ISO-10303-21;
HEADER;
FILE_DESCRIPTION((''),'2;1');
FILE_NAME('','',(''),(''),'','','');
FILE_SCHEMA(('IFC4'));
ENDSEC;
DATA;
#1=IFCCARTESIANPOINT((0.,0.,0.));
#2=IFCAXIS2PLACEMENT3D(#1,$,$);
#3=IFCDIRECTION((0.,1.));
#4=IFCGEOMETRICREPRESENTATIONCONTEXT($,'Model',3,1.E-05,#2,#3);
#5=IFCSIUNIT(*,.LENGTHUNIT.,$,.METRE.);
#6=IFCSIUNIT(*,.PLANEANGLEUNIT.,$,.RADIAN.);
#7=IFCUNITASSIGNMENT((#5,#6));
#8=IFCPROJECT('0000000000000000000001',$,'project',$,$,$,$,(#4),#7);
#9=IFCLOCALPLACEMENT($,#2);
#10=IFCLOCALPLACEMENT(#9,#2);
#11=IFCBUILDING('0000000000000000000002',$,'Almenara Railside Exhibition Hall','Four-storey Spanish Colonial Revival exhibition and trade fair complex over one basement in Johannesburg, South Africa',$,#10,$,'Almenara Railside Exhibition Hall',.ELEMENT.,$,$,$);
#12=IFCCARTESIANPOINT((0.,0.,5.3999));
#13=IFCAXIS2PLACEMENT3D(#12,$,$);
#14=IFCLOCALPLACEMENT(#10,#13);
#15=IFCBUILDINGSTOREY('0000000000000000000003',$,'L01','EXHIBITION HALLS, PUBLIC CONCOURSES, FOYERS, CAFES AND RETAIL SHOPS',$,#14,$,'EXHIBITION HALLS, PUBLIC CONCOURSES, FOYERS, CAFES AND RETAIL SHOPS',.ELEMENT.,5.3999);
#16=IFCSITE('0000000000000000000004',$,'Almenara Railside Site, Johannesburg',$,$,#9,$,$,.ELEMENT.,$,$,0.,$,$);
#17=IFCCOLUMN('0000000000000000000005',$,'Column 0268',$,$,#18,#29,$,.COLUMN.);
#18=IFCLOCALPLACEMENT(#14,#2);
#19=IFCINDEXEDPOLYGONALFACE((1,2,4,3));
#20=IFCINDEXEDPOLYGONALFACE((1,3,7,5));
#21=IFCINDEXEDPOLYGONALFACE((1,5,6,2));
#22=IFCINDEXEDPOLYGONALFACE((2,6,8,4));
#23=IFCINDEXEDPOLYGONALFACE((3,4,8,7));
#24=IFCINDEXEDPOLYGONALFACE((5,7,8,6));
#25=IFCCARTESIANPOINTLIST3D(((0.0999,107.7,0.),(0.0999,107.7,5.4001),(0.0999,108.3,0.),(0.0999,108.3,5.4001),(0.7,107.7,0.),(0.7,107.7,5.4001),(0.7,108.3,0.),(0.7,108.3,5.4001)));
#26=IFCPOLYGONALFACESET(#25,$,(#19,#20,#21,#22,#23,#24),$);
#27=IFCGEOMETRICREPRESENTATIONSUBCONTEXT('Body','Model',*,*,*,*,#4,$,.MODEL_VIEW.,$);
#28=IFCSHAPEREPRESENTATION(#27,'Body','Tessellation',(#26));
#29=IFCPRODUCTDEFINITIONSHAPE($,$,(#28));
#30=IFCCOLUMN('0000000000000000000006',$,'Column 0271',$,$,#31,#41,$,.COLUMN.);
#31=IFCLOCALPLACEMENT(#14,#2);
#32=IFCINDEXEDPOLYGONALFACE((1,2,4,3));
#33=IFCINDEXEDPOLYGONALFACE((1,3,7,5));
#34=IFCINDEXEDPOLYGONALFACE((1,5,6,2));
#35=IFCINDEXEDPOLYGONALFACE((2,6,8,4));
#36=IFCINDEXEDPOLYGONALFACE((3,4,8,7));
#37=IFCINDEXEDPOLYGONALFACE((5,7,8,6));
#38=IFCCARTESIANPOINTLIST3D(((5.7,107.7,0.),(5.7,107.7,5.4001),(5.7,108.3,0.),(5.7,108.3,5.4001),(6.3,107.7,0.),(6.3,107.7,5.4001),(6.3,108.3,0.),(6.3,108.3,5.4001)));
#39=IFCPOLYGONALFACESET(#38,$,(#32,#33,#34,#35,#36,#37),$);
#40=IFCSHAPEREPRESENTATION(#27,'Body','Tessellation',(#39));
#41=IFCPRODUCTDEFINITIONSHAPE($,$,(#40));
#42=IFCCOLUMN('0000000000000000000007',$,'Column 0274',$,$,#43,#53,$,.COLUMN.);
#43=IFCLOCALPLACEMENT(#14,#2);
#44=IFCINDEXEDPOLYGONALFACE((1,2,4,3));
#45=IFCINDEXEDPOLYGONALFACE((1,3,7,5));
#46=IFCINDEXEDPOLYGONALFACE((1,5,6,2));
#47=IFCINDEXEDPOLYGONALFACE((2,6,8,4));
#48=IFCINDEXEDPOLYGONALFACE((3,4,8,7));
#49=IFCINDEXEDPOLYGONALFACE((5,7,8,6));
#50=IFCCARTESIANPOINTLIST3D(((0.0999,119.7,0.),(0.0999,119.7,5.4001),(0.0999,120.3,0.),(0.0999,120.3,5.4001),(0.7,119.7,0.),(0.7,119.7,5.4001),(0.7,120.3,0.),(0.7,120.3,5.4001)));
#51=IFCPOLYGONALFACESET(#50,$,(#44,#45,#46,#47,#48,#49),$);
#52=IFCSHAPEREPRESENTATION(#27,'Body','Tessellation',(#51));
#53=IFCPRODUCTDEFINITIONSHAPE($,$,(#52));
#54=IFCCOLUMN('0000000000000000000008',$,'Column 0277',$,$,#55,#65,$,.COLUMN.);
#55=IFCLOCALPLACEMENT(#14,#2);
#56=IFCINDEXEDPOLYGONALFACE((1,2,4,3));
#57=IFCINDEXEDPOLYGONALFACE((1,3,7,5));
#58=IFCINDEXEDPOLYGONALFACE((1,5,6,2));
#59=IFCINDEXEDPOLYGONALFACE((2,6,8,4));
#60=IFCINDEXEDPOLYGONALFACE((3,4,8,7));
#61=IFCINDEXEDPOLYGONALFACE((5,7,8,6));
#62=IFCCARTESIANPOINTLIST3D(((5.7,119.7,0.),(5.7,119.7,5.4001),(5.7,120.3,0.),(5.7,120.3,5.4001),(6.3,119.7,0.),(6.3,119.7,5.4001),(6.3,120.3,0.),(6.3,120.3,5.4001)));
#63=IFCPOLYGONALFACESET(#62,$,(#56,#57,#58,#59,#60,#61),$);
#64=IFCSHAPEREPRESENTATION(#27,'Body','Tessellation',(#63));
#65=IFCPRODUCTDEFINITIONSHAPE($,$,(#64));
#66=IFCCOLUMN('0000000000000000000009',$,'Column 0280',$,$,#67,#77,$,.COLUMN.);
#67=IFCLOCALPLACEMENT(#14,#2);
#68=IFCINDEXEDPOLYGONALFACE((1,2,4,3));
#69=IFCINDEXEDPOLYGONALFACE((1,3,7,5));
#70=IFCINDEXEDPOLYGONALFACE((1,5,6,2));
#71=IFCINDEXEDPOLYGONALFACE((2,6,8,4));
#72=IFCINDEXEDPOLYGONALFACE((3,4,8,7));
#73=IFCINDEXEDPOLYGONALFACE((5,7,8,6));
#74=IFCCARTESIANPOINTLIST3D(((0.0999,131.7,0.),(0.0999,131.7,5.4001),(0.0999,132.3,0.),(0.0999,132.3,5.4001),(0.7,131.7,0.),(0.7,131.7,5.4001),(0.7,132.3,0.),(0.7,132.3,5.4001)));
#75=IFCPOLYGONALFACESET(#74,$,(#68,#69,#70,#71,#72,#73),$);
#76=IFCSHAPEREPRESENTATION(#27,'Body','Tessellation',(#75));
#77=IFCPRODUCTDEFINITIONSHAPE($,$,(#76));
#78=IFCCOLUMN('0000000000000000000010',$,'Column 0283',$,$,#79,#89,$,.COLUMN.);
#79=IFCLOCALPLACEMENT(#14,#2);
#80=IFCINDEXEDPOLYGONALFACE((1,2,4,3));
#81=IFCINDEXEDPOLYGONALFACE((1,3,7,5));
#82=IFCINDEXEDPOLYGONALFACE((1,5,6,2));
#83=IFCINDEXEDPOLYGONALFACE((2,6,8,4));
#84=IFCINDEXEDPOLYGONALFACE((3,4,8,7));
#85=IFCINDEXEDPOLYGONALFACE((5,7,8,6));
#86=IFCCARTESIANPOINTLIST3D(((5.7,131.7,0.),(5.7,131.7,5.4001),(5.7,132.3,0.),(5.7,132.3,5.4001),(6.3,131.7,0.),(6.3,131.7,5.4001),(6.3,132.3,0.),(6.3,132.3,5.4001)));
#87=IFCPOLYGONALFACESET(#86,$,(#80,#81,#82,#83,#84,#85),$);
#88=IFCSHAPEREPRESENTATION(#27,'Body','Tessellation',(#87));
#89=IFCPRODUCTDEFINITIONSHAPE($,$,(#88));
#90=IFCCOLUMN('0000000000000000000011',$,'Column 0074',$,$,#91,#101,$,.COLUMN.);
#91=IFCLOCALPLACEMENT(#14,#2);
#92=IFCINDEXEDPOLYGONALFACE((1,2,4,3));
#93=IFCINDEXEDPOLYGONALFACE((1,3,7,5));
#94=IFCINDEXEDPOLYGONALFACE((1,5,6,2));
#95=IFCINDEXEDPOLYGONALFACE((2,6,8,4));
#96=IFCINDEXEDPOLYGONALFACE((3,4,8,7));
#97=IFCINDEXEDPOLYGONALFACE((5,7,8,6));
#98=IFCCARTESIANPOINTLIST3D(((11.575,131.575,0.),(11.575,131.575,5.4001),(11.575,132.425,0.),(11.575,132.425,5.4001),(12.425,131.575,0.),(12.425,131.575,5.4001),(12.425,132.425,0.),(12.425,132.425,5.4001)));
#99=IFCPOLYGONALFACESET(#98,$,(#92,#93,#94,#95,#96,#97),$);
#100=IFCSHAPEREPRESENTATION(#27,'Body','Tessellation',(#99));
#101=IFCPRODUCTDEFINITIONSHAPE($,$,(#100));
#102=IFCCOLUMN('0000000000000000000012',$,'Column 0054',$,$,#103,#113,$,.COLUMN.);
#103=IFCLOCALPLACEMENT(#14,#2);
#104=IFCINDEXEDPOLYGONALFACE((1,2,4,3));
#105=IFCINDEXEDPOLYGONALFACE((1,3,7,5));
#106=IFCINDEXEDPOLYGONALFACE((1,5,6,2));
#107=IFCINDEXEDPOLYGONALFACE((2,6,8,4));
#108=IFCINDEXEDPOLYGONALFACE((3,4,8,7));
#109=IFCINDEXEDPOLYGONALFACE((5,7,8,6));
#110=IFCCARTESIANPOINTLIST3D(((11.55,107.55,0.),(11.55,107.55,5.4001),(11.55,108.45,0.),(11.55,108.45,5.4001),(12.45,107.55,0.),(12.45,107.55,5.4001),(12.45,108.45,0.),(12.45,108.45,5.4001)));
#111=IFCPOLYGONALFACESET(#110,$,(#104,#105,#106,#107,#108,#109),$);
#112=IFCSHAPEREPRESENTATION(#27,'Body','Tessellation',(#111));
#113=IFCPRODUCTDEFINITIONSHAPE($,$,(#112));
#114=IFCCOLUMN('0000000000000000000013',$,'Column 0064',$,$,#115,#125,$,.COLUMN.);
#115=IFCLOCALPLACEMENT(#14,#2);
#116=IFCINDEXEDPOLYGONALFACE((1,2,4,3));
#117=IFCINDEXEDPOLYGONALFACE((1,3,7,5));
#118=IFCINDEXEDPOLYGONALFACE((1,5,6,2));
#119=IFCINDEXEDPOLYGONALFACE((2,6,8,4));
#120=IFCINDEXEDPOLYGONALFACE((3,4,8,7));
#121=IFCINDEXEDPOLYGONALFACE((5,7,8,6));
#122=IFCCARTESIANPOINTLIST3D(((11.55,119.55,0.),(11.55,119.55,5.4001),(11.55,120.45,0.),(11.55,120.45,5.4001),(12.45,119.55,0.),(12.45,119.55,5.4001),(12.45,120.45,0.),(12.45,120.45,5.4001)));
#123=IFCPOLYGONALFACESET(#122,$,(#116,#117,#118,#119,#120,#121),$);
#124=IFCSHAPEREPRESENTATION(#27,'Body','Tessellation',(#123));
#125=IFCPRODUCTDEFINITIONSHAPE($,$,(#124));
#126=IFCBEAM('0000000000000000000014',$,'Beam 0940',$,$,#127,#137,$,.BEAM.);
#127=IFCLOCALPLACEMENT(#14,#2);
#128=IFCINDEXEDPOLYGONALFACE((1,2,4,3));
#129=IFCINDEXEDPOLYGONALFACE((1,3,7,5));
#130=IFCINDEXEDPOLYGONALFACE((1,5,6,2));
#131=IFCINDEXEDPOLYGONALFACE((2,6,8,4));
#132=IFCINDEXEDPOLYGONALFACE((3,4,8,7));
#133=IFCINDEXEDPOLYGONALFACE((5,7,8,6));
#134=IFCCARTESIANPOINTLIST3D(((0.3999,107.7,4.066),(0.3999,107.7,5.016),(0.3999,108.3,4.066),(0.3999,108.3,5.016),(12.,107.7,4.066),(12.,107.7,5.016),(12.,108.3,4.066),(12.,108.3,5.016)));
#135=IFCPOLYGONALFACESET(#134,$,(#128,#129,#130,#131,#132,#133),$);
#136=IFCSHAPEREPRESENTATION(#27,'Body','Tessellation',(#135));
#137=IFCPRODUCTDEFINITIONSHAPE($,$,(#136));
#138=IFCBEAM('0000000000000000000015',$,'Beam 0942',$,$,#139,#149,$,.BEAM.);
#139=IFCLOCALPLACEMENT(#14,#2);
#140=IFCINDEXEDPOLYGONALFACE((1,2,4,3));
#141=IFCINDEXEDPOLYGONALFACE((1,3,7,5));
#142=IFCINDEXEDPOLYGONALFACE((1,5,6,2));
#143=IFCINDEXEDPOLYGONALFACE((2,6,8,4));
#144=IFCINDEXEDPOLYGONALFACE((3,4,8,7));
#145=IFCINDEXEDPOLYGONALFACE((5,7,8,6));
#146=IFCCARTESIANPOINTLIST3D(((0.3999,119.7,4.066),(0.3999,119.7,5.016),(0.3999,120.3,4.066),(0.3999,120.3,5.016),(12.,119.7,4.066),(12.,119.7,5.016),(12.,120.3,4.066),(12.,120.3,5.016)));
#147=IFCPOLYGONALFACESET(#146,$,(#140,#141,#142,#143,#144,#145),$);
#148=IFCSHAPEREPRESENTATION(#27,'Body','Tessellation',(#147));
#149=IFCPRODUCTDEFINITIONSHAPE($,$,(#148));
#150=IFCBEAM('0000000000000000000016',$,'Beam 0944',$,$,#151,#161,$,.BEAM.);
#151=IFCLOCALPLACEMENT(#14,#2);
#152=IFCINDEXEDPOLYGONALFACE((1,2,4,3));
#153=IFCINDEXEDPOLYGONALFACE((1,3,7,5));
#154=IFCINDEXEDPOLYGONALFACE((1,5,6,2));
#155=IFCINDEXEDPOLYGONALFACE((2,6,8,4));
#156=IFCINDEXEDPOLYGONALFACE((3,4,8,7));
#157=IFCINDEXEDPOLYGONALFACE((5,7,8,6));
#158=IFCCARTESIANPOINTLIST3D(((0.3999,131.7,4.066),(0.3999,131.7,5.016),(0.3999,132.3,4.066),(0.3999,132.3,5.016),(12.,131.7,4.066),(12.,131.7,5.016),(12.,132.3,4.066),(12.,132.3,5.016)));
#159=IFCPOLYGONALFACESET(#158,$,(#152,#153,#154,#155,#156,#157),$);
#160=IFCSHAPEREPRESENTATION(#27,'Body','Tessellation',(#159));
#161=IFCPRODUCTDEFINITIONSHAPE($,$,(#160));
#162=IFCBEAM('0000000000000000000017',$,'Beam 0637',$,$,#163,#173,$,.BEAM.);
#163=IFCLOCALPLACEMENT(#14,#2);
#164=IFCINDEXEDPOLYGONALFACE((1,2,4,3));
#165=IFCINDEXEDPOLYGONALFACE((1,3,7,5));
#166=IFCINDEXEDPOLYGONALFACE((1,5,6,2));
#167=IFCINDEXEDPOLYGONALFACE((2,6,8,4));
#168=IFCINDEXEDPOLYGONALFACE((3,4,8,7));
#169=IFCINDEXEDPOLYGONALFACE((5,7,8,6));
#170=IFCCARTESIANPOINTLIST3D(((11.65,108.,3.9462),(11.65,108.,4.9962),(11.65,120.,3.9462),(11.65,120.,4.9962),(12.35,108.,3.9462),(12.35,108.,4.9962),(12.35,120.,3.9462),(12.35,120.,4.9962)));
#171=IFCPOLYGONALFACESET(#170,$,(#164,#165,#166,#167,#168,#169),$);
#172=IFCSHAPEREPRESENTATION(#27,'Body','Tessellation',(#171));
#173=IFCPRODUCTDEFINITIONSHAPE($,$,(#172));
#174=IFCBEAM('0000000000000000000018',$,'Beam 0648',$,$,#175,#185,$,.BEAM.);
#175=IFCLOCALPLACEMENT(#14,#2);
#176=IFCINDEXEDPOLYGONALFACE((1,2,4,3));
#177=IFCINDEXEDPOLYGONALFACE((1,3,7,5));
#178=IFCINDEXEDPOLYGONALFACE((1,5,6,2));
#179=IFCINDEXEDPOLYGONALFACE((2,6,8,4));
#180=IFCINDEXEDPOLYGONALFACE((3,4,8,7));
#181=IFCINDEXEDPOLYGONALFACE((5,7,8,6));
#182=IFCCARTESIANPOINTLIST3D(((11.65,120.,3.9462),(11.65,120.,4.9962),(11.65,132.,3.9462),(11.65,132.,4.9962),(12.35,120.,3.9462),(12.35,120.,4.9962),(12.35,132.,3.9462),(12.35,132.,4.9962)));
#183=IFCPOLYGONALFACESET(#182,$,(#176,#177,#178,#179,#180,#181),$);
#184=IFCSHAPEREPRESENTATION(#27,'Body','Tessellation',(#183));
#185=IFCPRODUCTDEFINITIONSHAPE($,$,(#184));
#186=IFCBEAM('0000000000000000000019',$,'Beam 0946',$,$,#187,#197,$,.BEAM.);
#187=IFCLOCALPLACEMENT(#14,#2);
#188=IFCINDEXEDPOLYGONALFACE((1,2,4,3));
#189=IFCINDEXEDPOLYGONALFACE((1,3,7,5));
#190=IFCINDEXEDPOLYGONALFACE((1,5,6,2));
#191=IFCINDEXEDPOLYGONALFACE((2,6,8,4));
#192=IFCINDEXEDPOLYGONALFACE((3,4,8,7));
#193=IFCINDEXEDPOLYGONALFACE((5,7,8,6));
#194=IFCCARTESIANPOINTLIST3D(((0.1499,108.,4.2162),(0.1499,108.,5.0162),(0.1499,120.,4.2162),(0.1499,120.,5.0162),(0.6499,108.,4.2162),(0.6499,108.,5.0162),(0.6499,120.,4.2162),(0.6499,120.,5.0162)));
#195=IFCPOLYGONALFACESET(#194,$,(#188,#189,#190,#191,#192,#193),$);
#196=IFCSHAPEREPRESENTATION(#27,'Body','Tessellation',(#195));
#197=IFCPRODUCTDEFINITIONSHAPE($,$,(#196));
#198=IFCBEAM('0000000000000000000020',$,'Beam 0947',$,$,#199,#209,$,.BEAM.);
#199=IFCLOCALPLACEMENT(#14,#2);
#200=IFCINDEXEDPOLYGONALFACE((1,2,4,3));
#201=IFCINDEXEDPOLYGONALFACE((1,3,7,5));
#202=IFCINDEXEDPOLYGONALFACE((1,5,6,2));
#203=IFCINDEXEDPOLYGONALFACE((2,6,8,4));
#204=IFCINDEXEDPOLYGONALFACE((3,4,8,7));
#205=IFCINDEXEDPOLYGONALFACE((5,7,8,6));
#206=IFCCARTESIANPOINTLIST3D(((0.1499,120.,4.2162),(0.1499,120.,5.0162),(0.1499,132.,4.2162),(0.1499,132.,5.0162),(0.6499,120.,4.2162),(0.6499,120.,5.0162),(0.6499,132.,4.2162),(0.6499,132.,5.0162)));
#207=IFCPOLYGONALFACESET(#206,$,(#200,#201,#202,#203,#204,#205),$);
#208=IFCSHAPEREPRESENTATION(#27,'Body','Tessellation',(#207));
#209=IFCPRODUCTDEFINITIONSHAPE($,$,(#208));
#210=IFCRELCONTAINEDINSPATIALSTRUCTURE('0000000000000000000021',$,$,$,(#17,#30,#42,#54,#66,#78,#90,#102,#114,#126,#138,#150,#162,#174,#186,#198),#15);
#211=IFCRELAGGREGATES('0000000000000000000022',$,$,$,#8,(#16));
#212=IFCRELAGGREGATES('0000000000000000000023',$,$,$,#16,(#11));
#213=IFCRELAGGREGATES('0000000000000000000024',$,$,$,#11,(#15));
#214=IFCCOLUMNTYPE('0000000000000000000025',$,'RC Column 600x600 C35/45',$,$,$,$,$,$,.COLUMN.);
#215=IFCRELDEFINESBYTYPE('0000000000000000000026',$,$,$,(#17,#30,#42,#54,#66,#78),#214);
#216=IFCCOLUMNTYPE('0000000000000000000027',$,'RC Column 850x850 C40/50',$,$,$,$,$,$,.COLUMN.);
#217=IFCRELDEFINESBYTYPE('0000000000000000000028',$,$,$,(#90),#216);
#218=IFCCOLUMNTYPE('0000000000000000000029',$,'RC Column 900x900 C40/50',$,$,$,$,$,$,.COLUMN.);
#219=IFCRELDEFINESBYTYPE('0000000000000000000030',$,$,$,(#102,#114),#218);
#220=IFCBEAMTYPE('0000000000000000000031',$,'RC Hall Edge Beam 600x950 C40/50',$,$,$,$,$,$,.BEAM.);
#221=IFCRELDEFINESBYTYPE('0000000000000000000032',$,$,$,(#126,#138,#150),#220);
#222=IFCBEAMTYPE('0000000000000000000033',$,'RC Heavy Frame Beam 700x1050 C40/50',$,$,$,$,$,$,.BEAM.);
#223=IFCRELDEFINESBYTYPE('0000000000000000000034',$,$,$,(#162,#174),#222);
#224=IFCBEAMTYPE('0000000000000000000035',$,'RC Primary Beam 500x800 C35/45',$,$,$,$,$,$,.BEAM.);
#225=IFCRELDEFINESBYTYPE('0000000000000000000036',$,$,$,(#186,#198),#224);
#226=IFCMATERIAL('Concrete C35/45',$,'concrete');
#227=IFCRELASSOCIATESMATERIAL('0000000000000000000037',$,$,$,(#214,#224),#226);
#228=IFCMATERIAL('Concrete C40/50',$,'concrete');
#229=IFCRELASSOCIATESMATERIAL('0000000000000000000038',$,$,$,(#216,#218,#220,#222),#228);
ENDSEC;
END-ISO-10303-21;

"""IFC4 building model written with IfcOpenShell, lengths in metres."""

from ifc_helpers import new_model, si_unit, direction, frame, origin, origin_2d, place, context, subcontext, project, spatial, rectangle, extrude, material, material_profile, profile_set, type_object, element, save


model = new_model("IFC4")

# Units and contexts
model_context = context("Model", 3, precision=1e-05, world=origin(), true_north=direction((0.0, 1.0)))
body_context = subcontext(model_context, "Body", "Model", "MODEL_VIEW")
ifc_project = project(units=[si_unit("LENGTHUNIT", "METRE"), si_unit("PLANEANGLEUNIT", "RADIAN")], contexts=[model_context])

# Site, building, storey
site_placement = place(None, origin())
site = spatial("IfcSite", under=ifc_project, at=site_placement, Name="Almenara Railside Site, Johannesburg", CompositionType="ELEMENT", RefElevation=0.0)
building_placement = place(site_placement, origin())
building = spatial("IfcBuilding", under=site, at=building_placement, Name="Almenara Railside Exhibition Hall", Description="Four-storey Spanish Colonial Revival exhibition and trade fair complex over one basement in Johannesburg, South Africa", LongName="Almenara Railside Exhibition Hall", CompositionType="ELEMENT")
storey_placement = place(building_placement, frame((0.0, 0.0, 5.3999)))
storey = spatial("IfcBuildingStorey", under=building, at=storey_placement, Name="L01", Description="EXHIBITION HALLS, PUBLIC CONCOURSES, FOYERS, CAFES AND RETAIL SHOPS", LongName="EXHIBITION HALLS, PUBLIC CONCOURSES, FOYERS, CAFES AND RETAIL SHOPS", CompositionType="ELEMENT", Elevation=5.3999)

# Columns
ifc_material_1 = material(Name="Concrete C35/45", Category="concrete")
ifc_material_profile_1 = material_profile(ifc_material_1, rectangle(XDim=0.6001, YDim=0.6001, at=origin_2d()), Name="RC 600x600")
ifc_profile_set_1 = profile_set([ifc_material_profile_1], Name="Concrete C35/45")
column_type_1 = type_object("IfcColumnType", Name="RC Column 600x600 C35/45", PredefinedType="COLUMN", material=ifc_profile_set_1)
for number, where, z_axis, x_axis, name in (
    (1, (0.3999, 108.0, 0.0), (0.0, 0.0, 1.0), (1.0, 0.0, 0.0), "Column 0268"),
    (2, (6.0, 108.0, 0.0), (0.0, 0.0, 1.0), (1.0, 0.0, 0.0), "Column 0271"),
    (3, (0.3999, 120.0, 0.0), (0.0, 0.0, 1.0), (1.0, 0.0, 0.0), "Column 0274"),
    (4, (6.0, 120.0, 0.0), (0.0, 0.0, 1.0), (1.0, 0.0, 0.0), "Column 0277"),
    (5, (0.3999, 132.0, 0.0), (0.0, 0.0, 1.0), (1.0, 0.0, 0.0), "Column 0280"),
    (6, (6.0, 132.0, 0.0), (0.0, 0.0, 1.0), (1.0, 0.0, 0.0), "Column 0283"),
):
    element("IfcColumn", number, at=place(storey_placement, frame(where, z_axis=z_axis, x_axis=x_axis)), inside=storey, type_object=column_type_1, Name=name, PredefinedType="COLUMN", context=body_context, shape_type="SweptSolid", body=[
        extrude(rectangle(XDim=0.6001, YDim=0.6001, at=origin_2d()), origin(), (0.0, 0.0, 1.0), 5.4001),
    ])
ifc_material_2 = material(Name="Concrete C40/50", Category="concrete")
ifc_material_profile_2 = material_profile(ifc_material_2, rectangle(XDim=0.8501, YDim=0.8501, at=origin_2d()), Name="RC 850x850")
ifc_profile_set_2 = profile_set([ifc_material_profile_2], Name="Concrete C40/50")
column_type_2 = type_object("IfcColumnType", Name="RC Column 850x850 C40/50", PredefinedType="COLUMN", material=ifc_profile_set_2)
column_placement = place(storey_placement, frame((12.0, 132.0, 0.0), z_axis=(0.0, 0.0, 1.0), x_axis=(1.0, 0.0, 0.0)))
element("IfcColumn", 7, at=column_placement, inside=storey, type_object=column_type_2, Name="Column 0074", PredefinedType="COLUMN", context=body_context, shape_type="SweptSolid", body=[
    extrude(rectangle(XDim=0.8501, YDim=0.8501, at=origin_2d()), origin(), (0.0, 0.0, 1.0), 5.4001),
])
ifc_material_profile_3 = material_profile(ifc_material_2, rectangle(XDim=0.8999, YDim=0.8999, at=origin_2d()), Name="RC 900x900")
ifc_profile_set_3 = profile_set([ifc_material_profile_3], Name="Concrete C40/50")
column_type_3 = type_object("IfcColumnType", Name="RC Column 900x900 C40/50", PredefinedType="COLUMN", material=ifc_profile_set_3)
for number, where, z_axis, x_axis, name in (
    (8, (12.0, 108.0, 0.0), (0.0, 0.0, 1.0), (1.0, 0.0, 0.0), "Column 0054"),
    (9, (12.0, 120.0, 0.0), (0.0, 0.0, 1.0), (1.0, 0.0, 0.0), "Column 0064"),
):
    element("IfcColumn", number, at=place(storey_placement, frame(where, z_axis=z_axis, x_axis=x_axis)), inside=storey, type_object=column_type_3, Name=name, PredefinedType="COLUMN", context=body_context, shape_type="SweptSolid", body=[
        extrude(rectangle(XDim=0.8999, YDim=0.8999, at=origin_2d()), origin(), (0.0, 0.0, 1.0), 5.4001),
    ])

# Beams
ifc_material_profile_4 = material_profile(ifc_material_2, rectangle(XDim=0.6001, YDim=0.95, at=origin_2d()), Name="RC 600x950")
ifc_profile_set_4 = profile_set([ifc_material_profile_4], Name="Concrete C40/50")
beam_type_1 = type_object("IfcBeamType", Name="RC Hall Edge Beam 600x950 C40/50", PredefinedType="BEAM", material=ifc_profile_set_4)
for number, where, z_axis, x_axis, name in (
    (10, (0.3999, 108.0, 4.541), (1.0, 0.0, 0.0), (0.0, 1.0, 0.0), "Beam 0940"),
    (11, (0.3999, 120.0, 4.541), (1.0, 0.0, 0.0), (0.0, 1.0, 0.0), "Beam 0942"),
    (12, (0.3999, 132.0, 4.541), (1.0, 0.0, 0.0), (0.0, 1.0, 0.0), "Beam 0944"),
):
    element("IfcBeam", number, at=place(storey_placement, frame(where, z_axis=z_axis, x_axis=x_axis)), inside=storey, type_object=beam_type_1, Name=name, PredefinedType="BEAM", context=body_context, shape_type="SweptSolid", body=[
        extrude(rectangle(XDim=0.6001, YDim=0.95, at=origin_2d()), origin(), (0.0, 0.0, 1.0), 11.6001),
    ])
ifc_material_profile_5 = material_profile(ifc_material_2, rectangle(XDim=0.7, YDim=1.05, at=origin_2d()), Name="RC 700x1050")
ifc_profile_set_5 = profile_set([ifc_material_profile_5], Name="Concrete C40/50")
beam_type_2 = type_object("IfcBeamType", Name="RC Heavy Frame Beam 700x1050 C40/50", PredefinedType="BEAM", material=ifc_profile_set_5)
for number, where, z_axis, x_axis, name in (
    (13, (12.0, 108.0, 4.4712), (0.0, 1.0, 0.0), (-1.0, 0.0, 0.0), "Beam 0637"),
    (14, (12.0, 120.0, 4.4712), (0.0, 1.0, 0.0), (-1.0, 0.0, 0.0), "Beam 0648"),
):
    element("IfcBeam", number, at=place(storey_placement, frame(where, z_axis=z_axis, x_axis=x_axis)), inside=storey, type_object=beam_type_2, Name=name, PredefinedType="BEAM", context=body_context, shape_type="SweptSolid", body=[
        extrude(rectangle(XDim=0.7, YDim=1.05, at=origin_2d()), origin(), (0.0, 0.0, 1.0), 12.0),
    ])
ifc_material_profile_6 = material_profile(ifc_material_1, rectangle(XDim=0.5, YDim=0.8, at=origin_2d()), Name="RC 500x800")
ifc_profile_set_6 = profile_set([ifc_material_profile_6], Name="Concrete C35/45")
beam_type_3 = type_object("IfcBeamType", Name="RC Primary Beam 500x800 C35/45", PredefinedType="BEAM", material=ifc_profile_set_6)
for number, where, z_axis, x_axis, name in (
    (15, (0.3999, 108.0, 4.6162), (0.0, 1.0, 0.0), (-1.0, 0.0, 0.0), "Beam 0946"),
    (16, (0.3999, 120.0, 4.6162), (0.0, 1.0, 0.0), (-1.0, 0.0, 0.0), "Beam 0947"),
):
    element("IfcBeam", number, at=place(storey_placement, frame(where, z_axis=z_axis, x_axis=x_axis)), inside=storey, type_object=beam_type_3, Name=name, PredefinedType="BEAM", context=body_context, shape_type="SweptSolid", body=[
        extrude(rectangle(XDim=0.5, YDim=0.8, at=origin_2d()), origin(), (0.0, 0.0, 1.0), 12.0),
    ])

save(model, "model.ifc")
